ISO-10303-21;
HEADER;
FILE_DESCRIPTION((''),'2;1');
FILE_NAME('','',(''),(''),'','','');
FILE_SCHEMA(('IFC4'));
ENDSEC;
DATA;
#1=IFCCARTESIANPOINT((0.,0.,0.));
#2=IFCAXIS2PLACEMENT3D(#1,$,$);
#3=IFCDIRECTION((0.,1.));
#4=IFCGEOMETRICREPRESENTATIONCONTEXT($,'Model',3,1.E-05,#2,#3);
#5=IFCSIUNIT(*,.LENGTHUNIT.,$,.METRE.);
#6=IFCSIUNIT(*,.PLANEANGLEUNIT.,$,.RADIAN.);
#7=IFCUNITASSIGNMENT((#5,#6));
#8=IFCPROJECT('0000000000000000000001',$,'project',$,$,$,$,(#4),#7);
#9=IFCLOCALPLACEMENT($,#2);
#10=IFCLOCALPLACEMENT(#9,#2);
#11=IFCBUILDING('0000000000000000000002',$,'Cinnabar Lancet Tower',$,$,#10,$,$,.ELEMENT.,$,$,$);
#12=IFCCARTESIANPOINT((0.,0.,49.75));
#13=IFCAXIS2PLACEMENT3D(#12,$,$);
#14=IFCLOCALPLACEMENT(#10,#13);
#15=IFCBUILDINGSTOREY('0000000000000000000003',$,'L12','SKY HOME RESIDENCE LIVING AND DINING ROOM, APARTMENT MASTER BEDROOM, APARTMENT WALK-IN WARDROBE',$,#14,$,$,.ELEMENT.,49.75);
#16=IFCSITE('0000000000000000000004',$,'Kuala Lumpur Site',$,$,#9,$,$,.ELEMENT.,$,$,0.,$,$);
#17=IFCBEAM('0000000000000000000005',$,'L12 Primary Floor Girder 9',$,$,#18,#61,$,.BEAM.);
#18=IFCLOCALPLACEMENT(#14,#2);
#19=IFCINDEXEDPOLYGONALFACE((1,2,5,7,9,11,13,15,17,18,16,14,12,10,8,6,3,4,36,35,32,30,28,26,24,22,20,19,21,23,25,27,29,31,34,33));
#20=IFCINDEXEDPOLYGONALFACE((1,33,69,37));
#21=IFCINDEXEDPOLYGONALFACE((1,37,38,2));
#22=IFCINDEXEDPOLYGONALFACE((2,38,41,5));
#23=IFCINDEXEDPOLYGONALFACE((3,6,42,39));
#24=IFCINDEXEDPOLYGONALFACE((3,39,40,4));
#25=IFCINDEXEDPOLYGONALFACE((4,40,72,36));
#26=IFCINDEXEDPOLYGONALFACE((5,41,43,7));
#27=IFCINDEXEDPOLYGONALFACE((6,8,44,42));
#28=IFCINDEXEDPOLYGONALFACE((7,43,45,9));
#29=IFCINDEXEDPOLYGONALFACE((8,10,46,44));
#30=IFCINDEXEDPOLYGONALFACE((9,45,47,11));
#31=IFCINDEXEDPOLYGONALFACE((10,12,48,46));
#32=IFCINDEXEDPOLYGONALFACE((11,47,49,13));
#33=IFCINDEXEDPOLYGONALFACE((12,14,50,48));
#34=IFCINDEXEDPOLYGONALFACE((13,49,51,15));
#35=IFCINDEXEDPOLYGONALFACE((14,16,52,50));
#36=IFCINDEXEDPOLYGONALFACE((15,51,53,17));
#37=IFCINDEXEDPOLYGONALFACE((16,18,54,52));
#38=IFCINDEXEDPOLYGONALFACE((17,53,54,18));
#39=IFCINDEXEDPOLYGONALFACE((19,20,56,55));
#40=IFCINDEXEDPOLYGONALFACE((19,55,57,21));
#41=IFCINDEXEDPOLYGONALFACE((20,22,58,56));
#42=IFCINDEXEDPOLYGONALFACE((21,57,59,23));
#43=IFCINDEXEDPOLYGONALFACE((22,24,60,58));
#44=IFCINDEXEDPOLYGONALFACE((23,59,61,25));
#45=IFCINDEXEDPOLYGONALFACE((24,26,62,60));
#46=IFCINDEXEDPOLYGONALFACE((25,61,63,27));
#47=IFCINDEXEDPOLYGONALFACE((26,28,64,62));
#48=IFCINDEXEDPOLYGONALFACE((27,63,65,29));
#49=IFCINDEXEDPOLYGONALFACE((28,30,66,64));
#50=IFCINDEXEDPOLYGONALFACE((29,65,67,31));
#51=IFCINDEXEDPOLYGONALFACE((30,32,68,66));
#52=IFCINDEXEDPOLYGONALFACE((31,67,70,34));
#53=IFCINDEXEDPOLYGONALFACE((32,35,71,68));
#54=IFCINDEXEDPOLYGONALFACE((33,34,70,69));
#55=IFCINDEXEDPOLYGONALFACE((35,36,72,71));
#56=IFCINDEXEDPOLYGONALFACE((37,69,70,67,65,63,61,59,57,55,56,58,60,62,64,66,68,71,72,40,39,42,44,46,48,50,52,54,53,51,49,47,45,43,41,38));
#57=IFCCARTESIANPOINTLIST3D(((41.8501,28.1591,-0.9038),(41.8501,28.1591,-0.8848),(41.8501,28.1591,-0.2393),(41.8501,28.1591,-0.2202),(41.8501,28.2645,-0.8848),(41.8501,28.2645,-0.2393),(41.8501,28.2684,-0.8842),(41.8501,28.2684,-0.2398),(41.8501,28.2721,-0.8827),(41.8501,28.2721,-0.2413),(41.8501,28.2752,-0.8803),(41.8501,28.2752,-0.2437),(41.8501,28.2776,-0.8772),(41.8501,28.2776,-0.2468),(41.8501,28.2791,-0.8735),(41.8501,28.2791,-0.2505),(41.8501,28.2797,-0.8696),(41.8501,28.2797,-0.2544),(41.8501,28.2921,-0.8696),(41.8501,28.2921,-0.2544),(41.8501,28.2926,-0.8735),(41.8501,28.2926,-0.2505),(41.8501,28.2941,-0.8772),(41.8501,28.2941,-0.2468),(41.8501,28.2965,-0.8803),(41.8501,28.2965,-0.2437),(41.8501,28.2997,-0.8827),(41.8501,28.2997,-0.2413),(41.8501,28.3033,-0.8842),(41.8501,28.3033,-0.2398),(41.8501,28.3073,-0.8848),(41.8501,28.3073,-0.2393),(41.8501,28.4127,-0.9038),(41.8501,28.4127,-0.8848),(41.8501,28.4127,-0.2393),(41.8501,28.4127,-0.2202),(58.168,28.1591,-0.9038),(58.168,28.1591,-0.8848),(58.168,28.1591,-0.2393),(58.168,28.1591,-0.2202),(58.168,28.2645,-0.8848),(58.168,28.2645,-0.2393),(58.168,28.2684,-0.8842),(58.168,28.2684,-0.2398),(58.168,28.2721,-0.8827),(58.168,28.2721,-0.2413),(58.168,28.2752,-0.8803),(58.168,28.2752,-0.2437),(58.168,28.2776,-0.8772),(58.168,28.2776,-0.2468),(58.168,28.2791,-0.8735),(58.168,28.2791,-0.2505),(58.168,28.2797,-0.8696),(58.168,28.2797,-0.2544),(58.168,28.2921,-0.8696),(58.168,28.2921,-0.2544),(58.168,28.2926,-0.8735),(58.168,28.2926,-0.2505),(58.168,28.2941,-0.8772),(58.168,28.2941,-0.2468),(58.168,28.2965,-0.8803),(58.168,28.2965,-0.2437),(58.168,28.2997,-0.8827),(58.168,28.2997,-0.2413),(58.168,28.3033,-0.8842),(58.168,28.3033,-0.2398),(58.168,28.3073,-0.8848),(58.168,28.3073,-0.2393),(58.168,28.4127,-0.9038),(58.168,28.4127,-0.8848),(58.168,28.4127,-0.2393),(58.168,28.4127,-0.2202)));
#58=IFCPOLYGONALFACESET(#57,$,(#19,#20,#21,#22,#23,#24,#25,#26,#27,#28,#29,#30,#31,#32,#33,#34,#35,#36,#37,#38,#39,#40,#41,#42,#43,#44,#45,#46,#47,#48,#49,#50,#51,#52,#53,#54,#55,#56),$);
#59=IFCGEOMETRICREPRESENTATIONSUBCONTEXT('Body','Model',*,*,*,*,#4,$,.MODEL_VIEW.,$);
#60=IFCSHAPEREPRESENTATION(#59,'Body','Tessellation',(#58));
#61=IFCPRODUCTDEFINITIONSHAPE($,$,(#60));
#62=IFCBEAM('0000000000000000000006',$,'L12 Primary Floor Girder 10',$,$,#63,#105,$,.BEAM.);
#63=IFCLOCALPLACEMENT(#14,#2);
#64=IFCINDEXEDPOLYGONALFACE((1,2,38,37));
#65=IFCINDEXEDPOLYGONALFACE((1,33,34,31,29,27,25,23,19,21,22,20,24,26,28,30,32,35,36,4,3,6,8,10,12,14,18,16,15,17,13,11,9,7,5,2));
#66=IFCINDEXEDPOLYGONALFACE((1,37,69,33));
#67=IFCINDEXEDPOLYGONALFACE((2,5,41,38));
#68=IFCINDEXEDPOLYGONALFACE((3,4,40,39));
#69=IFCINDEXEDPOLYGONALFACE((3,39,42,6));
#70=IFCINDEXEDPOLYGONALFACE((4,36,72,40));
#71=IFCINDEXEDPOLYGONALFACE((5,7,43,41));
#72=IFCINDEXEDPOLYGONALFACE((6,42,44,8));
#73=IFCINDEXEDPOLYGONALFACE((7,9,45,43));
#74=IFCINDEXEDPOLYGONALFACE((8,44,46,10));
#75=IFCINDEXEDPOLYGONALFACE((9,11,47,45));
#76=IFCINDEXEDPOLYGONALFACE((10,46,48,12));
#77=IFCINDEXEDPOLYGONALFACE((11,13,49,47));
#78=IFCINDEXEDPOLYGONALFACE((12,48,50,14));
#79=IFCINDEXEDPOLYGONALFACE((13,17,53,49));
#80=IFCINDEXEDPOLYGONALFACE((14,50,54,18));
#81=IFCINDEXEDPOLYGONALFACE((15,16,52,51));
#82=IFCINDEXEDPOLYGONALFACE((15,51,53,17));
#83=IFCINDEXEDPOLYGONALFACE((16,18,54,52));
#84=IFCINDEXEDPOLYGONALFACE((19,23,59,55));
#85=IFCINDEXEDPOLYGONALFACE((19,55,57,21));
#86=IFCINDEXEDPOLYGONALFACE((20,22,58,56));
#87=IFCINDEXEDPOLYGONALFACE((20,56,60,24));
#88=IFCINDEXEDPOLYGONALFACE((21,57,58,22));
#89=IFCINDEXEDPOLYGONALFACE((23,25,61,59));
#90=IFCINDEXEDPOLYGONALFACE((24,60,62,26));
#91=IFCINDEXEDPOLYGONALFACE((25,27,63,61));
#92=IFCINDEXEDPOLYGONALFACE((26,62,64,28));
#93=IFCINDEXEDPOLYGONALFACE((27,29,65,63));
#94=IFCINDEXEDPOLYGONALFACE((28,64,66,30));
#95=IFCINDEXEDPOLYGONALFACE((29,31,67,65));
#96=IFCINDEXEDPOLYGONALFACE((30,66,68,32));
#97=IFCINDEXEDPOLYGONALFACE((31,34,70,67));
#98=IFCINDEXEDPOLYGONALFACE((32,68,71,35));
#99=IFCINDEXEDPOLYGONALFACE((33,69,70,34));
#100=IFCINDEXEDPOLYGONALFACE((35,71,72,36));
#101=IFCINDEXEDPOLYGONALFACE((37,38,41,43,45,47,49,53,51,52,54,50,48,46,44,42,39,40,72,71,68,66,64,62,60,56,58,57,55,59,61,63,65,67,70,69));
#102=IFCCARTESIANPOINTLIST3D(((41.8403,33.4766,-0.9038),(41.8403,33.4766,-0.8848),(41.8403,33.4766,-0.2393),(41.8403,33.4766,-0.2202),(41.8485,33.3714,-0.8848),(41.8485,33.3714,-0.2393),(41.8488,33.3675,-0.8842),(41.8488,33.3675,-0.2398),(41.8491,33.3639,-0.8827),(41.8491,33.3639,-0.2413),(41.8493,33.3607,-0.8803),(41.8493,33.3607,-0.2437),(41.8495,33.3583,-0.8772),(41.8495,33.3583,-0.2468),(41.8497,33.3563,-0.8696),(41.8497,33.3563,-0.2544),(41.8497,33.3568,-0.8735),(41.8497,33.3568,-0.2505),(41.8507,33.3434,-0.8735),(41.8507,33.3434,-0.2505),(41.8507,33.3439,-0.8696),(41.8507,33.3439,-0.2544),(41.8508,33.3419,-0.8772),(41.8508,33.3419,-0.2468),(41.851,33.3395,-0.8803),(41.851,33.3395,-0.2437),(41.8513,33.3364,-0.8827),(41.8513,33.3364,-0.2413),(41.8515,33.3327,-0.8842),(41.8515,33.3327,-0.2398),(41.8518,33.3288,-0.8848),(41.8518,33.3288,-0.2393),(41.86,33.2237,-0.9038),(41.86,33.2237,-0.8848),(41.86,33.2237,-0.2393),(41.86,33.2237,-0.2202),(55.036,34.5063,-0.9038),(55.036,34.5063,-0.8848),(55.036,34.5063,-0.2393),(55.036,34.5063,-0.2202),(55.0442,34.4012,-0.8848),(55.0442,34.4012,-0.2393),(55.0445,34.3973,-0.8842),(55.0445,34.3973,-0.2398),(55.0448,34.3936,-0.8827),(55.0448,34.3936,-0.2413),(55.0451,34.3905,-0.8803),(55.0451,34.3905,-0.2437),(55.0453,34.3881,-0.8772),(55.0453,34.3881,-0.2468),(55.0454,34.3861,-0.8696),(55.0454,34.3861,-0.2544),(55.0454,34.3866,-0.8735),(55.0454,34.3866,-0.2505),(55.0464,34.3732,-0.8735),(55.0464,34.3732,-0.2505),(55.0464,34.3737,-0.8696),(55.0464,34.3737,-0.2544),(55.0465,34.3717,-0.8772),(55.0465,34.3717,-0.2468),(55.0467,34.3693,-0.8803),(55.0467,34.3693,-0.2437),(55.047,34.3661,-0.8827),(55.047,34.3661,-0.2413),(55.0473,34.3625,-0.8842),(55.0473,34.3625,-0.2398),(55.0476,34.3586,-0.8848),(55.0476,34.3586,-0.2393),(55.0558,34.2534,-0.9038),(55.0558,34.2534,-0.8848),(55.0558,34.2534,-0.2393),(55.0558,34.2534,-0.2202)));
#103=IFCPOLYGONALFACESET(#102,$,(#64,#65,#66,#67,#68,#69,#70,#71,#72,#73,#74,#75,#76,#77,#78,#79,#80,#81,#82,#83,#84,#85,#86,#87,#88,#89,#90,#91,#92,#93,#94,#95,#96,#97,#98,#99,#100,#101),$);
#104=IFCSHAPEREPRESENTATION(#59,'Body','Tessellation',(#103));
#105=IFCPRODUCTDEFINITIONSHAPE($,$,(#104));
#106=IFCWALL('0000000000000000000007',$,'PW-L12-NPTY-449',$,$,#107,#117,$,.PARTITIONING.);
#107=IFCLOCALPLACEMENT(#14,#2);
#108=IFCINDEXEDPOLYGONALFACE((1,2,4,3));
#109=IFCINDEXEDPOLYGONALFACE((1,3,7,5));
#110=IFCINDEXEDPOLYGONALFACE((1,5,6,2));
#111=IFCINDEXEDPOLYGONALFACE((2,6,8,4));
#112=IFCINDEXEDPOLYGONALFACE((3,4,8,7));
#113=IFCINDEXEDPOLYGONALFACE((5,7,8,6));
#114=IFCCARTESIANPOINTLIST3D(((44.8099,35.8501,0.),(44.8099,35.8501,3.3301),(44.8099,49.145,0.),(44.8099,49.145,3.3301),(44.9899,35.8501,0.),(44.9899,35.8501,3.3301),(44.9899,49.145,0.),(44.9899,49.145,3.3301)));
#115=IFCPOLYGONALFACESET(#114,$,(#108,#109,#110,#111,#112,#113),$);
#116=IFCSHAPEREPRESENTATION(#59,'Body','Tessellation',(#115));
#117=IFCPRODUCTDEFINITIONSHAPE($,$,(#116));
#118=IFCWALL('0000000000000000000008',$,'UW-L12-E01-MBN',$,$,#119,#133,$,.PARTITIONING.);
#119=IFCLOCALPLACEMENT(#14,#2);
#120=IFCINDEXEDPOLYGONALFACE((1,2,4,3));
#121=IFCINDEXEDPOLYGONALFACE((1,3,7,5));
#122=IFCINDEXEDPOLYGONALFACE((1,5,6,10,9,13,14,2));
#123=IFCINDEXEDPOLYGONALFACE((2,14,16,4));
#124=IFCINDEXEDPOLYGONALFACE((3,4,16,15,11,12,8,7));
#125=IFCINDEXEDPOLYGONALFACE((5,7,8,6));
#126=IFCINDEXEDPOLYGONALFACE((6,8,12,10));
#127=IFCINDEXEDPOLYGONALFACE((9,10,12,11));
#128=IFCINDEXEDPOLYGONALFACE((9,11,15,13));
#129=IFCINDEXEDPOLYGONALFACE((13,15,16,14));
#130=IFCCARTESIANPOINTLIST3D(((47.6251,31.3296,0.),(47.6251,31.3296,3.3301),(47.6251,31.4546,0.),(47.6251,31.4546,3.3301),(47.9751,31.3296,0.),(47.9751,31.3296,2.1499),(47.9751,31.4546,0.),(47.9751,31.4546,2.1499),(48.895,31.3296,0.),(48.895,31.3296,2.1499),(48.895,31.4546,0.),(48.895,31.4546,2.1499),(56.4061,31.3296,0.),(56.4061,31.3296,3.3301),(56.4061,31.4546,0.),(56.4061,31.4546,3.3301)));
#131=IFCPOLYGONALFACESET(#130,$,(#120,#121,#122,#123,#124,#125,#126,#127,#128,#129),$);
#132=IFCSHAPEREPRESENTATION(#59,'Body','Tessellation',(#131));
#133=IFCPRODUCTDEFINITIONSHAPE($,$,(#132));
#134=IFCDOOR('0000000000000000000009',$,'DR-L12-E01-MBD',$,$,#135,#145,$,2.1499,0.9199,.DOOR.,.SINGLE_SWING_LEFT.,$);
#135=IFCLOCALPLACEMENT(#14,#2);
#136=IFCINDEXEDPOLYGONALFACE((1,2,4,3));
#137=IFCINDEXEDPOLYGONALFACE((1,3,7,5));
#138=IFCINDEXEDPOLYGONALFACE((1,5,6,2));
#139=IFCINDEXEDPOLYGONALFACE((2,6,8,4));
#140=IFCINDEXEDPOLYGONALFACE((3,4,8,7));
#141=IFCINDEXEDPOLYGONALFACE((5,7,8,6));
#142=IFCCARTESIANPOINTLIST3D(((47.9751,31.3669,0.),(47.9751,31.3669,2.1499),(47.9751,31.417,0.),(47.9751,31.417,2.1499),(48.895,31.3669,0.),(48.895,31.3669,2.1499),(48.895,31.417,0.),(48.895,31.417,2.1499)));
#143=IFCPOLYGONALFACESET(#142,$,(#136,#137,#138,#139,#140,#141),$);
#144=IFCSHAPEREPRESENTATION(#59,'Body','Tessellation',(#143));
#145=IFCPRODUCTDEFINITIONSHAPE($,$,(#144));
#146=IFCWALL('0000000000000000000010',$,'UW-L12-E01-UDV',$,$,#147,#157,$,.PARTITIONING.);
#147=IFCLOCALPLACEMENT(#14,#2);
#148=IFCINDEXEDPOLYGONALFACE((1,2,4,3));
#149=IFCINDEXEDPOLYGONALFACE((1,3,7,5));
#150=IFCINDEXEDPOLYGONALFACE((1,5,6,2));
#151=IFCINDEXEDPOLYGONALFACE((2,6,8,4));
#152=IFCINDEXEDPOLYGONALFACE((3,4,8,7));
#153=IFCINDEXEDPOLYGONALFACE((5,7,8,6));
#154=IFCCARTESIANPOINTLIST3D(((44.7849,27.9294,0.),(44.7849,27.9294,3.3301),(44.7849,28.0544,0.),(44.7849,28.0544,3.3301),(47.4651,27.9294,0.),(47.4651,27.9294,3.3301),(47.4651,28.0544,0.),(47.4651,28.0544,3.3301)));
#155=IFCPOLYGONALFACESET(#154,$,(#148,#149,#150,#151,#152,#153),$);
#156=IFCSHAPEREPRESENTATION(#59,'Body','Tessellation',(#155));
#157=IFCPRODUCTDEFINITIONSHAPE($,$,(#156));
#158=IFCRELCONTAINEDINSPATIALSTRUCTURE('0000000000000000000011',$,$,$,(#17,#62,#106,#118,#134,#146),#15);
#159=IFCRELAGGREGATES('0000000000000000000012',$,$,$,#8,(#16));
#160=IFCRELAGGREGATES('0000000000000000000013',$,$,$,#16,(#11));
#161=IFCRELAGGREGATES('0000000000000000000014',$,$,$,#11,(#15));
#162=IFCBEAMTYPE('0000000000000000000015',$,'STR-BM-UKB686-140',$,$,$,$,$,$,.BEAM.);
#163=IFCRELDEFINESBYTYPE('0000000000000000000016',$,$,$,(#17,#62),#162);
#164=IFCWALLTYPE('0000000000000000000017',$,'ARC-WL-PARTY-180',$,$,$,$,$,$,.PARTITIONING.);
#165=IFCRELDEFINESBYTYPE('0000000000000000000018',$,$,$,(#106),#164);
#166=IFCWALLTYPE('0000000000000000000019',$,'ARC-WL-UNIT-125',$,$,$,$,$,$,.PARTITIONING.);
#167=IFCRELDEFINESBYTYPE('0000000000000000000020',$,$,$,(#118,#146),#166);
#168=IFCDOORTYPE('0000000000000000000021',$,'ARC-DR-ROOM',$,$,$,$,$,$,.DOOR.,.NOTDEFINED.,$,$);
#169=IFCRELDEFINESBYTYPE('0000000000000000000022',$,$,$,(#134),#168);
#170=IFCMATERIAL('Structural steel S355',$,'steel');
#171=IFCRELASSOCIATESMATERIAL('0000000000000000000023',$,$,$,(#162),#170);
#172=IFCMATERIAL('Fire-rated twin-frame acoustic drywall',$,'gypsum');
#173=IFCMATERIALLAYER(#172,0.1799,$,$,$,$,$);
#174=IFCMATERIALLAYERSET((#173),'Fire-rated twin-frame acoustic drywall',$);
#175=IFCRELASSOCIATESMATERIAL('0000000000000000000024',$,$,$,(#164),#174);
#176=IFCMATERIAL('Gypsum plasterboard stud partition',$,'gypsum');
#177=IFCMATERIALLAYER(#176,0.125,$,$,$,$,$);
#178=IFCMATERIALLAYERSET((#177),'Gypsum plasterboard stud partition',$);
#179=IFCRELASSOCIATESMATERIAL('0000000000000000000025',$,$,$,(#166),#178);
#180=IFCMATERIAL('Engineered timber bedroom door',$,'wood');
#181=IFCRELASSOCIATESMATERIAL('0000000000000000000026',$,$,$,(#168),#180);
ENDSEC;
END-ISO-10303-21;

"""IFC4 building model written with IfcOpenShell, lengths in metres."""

from ifc_helpers import new_model, si_unit, direction, frame, frame_2d, origin, origin_2d, place, context, subcontext, project, spatial, rectangle, i_section, extrude, material, layer, layer_set, material_profile, profile_set, type_object, element, fill, save


model = new_model("IFC4")

# Units and contexts
model_context = context("Model", 3, precision=1e-05, world=origin(), true_north=direction((0.0, 1.0)))
body_context = subcontext(model_context, "Body", "Model", "MODEL_VIEW")
ifc_project = project(units=[si_unit("LENGTHUNIT", "METRE"), si_unit("PLANEANGLEUNIT", "RADIAN")], contexts=[model_context])

# Site, building, storey
site_placement = place(None, origin())
site = spatial("IfcSite", under=ifc_project, at=site_placement, Name="Kuala Lumpur Site", CompositionType="ELEMENT", RefElevation=0.0)
building_placement = place(site_placement, origin())
building = spatial("IfcBuilding", under=site, at=building_placement, Name="Cinnabar Lancet Tower", CompositionType="ELEMENT")
storey_placement = place(building_placement, frame((0.0, 0.0, 49.75)))
storey = spatial("IfcBuildingStorey", under=building, at=storey_placement, Name="L12", Description="SKY HOME RESIDENCE LIVING AND DINING ROOM, APARTMENT MASTER BEDROOM, APARTMENT WALK-IN WARDROBE", CompositionType="ELEMENT", Elevation=49.75)

# Beams
ifc_material_1 = material(Name="Structural steel S355", Category="steel")
ifc_material_profile_1 = material_profile(ifc_material_1, i_section(OverallWidth=0.2537, OverallDepth=0.6836, WebThickness=0.0125, FlangeThickness=0.019, FilletRadius=0.0151, at=origin_2d()), Name="UKB 686x254x140")
ifc_profile_set_1 = profile_set([ifc_material_profile_1], Name="Structural steel S355")
beam_type_1 = type_object("IfcBeamType", Name="STR-BM-UKB686-140", PredefinedType="BEAM", material=ifc_profile_set_1)
beam_1_placement = place(storey_placement, frame((58.168, 28.2859, -0.562), z_axis=(-1.0, 0.0, 0.0), x_axis=(0.0, -1.0, 0.0)))
element("IfcBeam", 1, at=beam_1_placement, inside=storey, type_object=beam_type_1, Name="L12 Primary Floor Girder 9", PredefinedType="BEAM", context=body_context, shape_type="SweptSolid", body=[
    extrude(i_section(OverallWidth=0.2537, OverallDepth=0.6836, WebThickness=0.0125, FlangeThickness=0.019, FilletRadius=0.0151, at=origin_2d()), origin(), (0.0, 0.0, 1.0), 16.3179),
])
beam_2_placement = place(storey_placement, frame((55.0459, 34.3799, -0.562), z_axis=(-0.996969, -0.077802, 0.0), x_axis=(0.077802, -0.996969, 0.0)))
element("IfcBeam", 2, at=beam_2_placement, inside=storey, type_object=beam_type_1, Name="L12 Primary Floor Girder 10", PredefinedType="BEAM", context=body_context, shape_type="SweptSolid", body=[
    extrude(i_section(OverallWidth=0.2537, OverallDepth=0.6836, WebThickness=0.0125, FlangeThickness=0.019, FilletRadius=0.0151, at=origin_2d()), origin(), (0.0, 0.0, 1.0), 13.2358),
])

# Wall
ifc_material_2 = material(Name="Fire-rated twin-frame acoustic drywall", Category="gypsum")
ifc_layer_1 = layer(ifc_material_2, 0.1799)
ifc_layer_set_1 = layer_set([ifc_layer_1], Name="Fire-rated twin-frame acoustic drywall")
wall_type_1 = type_object("IfcWallType", Name="ARC-WL-PARTY-180", PredefinedType="PARTITIONING", material=ifc_layer_set_1)
wall_1_placement = place(storey_placement, frame((44.8999, 35.8501, 0.0), z_axis=(0.0, 0.0, 1.0), x_axis=(0.0, 1.0, 0.0)))
element("IfcWall", 3, at=wall_1_placement, inside=storey, type_object=wall_type_1, Name="PW-L12-NPTY-449", PredefinedType="PARTITIONING", context=body_context, shape_type="SweptSolid", body=[
    extrude(rectangle(XDim=13.2949, YDim=0.1799, at=frame_2d((6.6475, 0.0))), origin(), (0.0, 0.0, 1.0), 3.3301),
])

# Wall, opening, door
ifc_material_3 = material(Name="Gypsum plasterboard stud partition", Category="gypsum")
ifc_layer_2 = layer(ifc_material_3, 0.125)
ifc_layer_set_2 = layer_set([ifc_layer_2], Name="Gypsum plasterboard stud partition")
wall_type_2 = type_object("IfcWallType", Name="ARC-WL-UNIT-125", PredefinedType="PARTITIONING", material=ifc_layer_set_2)
wall_2_placement = place(storey_placement, frame((47.625, 31.3921, 0.0), z_axis=(0.0, 0.0, 1.0), x_axis=(1.0, 0.0, 0.0)))
wall_2 = element("IfcWall", 4, at=wall_2_placement, inside=storey, type_object=wall_type_2, Name="UW-L12-E01-MBN", PredefinedType="PARTITIONING", context=body_context, shape_type="SweptSolid", body=[
    extrude(rectangle(XDim=8.781, YDim=0.125, at=frame_2d((4.3906, 0.0))), origin(), (0.0, 0.0, 1.0), 3.3301),
])
opening_1_placement = place(wall_2_placement, frame((0.3501, 0.0, 0.0)))
opening_1 = element("IfcOpeningElement", 5, at=opening_1_placement, cuts=wall_2, PredefinedType="OPENING", context=body_context, shape_type="SweptSolid", body=[
    extrude(rectangle(XDim=0.9199, YDim=2.1499, at=frame_2d((0.46, 1.075))), frame((0.0, 0.0725, 0.0), z_axis=(0.0, -1.0, 0.0), x_axis=(1.0, 0.0, 0.0)), (0.0, 0.0, 1.0), 0.145),
])
ifc_material_4 = material(Name="Engineered timber bedroom door", Category="wood")
door_type_1 = type_object("IfcDoorType", Name="ARC-DR-ROOM", OperationType="NOTDEFINED", PredefinedType="DOOR", material=ifc_material_4)
door_1_placement = place(opening_1_placement, origin())
door_1 = element("IfcDoor", 6, at=door_1_placement, inside=storey, type_object=door_type_1, Name="DR-L12-E01-MBD", OperationType="SINGLE_SWING_LEFT", OverallHeight=2.1499, OverallWidth=0.9199, PredefinedType="DOOR", context=body_context, shape_type="SweptSolid", body=[
    extrude(rectangle(XDim=0.9199, YDim=2.1499, at=frame_2d((0.46, 1.075))), frame((0.0, 0.0249, 0.0), z_axis=(0.0, -1.0, 0.0), x_axis=(1.0, 0.0, 0.0)), (0.0, 0.0, 1.0), 0.05),
])
fill(opening_1, door_1)

# Wall
wall_3_placement = place(storey_placement, frame((44.7849, 27.9919, 0.0), z_axis=(0.0, 0.0, 1.0), x_axis=(1.0, 0.0, 0.0)))
element("IfcWall", 7, at=wall_3_placement, inside=storey, type_object=wall_type_2, Name="UW-L12-E01-UDV", PredefinedType="PARTITIONING", context=body_context, shape_type="SweptSolid", body=[
    extrude(rectangle(XDim=2.6802, YDim=0.125, at=frame_2d((1.3401, 0.0))), origin(), (0.0, 0.0, 1.0), 3.3301),
])

save(model, "model.ifc")
